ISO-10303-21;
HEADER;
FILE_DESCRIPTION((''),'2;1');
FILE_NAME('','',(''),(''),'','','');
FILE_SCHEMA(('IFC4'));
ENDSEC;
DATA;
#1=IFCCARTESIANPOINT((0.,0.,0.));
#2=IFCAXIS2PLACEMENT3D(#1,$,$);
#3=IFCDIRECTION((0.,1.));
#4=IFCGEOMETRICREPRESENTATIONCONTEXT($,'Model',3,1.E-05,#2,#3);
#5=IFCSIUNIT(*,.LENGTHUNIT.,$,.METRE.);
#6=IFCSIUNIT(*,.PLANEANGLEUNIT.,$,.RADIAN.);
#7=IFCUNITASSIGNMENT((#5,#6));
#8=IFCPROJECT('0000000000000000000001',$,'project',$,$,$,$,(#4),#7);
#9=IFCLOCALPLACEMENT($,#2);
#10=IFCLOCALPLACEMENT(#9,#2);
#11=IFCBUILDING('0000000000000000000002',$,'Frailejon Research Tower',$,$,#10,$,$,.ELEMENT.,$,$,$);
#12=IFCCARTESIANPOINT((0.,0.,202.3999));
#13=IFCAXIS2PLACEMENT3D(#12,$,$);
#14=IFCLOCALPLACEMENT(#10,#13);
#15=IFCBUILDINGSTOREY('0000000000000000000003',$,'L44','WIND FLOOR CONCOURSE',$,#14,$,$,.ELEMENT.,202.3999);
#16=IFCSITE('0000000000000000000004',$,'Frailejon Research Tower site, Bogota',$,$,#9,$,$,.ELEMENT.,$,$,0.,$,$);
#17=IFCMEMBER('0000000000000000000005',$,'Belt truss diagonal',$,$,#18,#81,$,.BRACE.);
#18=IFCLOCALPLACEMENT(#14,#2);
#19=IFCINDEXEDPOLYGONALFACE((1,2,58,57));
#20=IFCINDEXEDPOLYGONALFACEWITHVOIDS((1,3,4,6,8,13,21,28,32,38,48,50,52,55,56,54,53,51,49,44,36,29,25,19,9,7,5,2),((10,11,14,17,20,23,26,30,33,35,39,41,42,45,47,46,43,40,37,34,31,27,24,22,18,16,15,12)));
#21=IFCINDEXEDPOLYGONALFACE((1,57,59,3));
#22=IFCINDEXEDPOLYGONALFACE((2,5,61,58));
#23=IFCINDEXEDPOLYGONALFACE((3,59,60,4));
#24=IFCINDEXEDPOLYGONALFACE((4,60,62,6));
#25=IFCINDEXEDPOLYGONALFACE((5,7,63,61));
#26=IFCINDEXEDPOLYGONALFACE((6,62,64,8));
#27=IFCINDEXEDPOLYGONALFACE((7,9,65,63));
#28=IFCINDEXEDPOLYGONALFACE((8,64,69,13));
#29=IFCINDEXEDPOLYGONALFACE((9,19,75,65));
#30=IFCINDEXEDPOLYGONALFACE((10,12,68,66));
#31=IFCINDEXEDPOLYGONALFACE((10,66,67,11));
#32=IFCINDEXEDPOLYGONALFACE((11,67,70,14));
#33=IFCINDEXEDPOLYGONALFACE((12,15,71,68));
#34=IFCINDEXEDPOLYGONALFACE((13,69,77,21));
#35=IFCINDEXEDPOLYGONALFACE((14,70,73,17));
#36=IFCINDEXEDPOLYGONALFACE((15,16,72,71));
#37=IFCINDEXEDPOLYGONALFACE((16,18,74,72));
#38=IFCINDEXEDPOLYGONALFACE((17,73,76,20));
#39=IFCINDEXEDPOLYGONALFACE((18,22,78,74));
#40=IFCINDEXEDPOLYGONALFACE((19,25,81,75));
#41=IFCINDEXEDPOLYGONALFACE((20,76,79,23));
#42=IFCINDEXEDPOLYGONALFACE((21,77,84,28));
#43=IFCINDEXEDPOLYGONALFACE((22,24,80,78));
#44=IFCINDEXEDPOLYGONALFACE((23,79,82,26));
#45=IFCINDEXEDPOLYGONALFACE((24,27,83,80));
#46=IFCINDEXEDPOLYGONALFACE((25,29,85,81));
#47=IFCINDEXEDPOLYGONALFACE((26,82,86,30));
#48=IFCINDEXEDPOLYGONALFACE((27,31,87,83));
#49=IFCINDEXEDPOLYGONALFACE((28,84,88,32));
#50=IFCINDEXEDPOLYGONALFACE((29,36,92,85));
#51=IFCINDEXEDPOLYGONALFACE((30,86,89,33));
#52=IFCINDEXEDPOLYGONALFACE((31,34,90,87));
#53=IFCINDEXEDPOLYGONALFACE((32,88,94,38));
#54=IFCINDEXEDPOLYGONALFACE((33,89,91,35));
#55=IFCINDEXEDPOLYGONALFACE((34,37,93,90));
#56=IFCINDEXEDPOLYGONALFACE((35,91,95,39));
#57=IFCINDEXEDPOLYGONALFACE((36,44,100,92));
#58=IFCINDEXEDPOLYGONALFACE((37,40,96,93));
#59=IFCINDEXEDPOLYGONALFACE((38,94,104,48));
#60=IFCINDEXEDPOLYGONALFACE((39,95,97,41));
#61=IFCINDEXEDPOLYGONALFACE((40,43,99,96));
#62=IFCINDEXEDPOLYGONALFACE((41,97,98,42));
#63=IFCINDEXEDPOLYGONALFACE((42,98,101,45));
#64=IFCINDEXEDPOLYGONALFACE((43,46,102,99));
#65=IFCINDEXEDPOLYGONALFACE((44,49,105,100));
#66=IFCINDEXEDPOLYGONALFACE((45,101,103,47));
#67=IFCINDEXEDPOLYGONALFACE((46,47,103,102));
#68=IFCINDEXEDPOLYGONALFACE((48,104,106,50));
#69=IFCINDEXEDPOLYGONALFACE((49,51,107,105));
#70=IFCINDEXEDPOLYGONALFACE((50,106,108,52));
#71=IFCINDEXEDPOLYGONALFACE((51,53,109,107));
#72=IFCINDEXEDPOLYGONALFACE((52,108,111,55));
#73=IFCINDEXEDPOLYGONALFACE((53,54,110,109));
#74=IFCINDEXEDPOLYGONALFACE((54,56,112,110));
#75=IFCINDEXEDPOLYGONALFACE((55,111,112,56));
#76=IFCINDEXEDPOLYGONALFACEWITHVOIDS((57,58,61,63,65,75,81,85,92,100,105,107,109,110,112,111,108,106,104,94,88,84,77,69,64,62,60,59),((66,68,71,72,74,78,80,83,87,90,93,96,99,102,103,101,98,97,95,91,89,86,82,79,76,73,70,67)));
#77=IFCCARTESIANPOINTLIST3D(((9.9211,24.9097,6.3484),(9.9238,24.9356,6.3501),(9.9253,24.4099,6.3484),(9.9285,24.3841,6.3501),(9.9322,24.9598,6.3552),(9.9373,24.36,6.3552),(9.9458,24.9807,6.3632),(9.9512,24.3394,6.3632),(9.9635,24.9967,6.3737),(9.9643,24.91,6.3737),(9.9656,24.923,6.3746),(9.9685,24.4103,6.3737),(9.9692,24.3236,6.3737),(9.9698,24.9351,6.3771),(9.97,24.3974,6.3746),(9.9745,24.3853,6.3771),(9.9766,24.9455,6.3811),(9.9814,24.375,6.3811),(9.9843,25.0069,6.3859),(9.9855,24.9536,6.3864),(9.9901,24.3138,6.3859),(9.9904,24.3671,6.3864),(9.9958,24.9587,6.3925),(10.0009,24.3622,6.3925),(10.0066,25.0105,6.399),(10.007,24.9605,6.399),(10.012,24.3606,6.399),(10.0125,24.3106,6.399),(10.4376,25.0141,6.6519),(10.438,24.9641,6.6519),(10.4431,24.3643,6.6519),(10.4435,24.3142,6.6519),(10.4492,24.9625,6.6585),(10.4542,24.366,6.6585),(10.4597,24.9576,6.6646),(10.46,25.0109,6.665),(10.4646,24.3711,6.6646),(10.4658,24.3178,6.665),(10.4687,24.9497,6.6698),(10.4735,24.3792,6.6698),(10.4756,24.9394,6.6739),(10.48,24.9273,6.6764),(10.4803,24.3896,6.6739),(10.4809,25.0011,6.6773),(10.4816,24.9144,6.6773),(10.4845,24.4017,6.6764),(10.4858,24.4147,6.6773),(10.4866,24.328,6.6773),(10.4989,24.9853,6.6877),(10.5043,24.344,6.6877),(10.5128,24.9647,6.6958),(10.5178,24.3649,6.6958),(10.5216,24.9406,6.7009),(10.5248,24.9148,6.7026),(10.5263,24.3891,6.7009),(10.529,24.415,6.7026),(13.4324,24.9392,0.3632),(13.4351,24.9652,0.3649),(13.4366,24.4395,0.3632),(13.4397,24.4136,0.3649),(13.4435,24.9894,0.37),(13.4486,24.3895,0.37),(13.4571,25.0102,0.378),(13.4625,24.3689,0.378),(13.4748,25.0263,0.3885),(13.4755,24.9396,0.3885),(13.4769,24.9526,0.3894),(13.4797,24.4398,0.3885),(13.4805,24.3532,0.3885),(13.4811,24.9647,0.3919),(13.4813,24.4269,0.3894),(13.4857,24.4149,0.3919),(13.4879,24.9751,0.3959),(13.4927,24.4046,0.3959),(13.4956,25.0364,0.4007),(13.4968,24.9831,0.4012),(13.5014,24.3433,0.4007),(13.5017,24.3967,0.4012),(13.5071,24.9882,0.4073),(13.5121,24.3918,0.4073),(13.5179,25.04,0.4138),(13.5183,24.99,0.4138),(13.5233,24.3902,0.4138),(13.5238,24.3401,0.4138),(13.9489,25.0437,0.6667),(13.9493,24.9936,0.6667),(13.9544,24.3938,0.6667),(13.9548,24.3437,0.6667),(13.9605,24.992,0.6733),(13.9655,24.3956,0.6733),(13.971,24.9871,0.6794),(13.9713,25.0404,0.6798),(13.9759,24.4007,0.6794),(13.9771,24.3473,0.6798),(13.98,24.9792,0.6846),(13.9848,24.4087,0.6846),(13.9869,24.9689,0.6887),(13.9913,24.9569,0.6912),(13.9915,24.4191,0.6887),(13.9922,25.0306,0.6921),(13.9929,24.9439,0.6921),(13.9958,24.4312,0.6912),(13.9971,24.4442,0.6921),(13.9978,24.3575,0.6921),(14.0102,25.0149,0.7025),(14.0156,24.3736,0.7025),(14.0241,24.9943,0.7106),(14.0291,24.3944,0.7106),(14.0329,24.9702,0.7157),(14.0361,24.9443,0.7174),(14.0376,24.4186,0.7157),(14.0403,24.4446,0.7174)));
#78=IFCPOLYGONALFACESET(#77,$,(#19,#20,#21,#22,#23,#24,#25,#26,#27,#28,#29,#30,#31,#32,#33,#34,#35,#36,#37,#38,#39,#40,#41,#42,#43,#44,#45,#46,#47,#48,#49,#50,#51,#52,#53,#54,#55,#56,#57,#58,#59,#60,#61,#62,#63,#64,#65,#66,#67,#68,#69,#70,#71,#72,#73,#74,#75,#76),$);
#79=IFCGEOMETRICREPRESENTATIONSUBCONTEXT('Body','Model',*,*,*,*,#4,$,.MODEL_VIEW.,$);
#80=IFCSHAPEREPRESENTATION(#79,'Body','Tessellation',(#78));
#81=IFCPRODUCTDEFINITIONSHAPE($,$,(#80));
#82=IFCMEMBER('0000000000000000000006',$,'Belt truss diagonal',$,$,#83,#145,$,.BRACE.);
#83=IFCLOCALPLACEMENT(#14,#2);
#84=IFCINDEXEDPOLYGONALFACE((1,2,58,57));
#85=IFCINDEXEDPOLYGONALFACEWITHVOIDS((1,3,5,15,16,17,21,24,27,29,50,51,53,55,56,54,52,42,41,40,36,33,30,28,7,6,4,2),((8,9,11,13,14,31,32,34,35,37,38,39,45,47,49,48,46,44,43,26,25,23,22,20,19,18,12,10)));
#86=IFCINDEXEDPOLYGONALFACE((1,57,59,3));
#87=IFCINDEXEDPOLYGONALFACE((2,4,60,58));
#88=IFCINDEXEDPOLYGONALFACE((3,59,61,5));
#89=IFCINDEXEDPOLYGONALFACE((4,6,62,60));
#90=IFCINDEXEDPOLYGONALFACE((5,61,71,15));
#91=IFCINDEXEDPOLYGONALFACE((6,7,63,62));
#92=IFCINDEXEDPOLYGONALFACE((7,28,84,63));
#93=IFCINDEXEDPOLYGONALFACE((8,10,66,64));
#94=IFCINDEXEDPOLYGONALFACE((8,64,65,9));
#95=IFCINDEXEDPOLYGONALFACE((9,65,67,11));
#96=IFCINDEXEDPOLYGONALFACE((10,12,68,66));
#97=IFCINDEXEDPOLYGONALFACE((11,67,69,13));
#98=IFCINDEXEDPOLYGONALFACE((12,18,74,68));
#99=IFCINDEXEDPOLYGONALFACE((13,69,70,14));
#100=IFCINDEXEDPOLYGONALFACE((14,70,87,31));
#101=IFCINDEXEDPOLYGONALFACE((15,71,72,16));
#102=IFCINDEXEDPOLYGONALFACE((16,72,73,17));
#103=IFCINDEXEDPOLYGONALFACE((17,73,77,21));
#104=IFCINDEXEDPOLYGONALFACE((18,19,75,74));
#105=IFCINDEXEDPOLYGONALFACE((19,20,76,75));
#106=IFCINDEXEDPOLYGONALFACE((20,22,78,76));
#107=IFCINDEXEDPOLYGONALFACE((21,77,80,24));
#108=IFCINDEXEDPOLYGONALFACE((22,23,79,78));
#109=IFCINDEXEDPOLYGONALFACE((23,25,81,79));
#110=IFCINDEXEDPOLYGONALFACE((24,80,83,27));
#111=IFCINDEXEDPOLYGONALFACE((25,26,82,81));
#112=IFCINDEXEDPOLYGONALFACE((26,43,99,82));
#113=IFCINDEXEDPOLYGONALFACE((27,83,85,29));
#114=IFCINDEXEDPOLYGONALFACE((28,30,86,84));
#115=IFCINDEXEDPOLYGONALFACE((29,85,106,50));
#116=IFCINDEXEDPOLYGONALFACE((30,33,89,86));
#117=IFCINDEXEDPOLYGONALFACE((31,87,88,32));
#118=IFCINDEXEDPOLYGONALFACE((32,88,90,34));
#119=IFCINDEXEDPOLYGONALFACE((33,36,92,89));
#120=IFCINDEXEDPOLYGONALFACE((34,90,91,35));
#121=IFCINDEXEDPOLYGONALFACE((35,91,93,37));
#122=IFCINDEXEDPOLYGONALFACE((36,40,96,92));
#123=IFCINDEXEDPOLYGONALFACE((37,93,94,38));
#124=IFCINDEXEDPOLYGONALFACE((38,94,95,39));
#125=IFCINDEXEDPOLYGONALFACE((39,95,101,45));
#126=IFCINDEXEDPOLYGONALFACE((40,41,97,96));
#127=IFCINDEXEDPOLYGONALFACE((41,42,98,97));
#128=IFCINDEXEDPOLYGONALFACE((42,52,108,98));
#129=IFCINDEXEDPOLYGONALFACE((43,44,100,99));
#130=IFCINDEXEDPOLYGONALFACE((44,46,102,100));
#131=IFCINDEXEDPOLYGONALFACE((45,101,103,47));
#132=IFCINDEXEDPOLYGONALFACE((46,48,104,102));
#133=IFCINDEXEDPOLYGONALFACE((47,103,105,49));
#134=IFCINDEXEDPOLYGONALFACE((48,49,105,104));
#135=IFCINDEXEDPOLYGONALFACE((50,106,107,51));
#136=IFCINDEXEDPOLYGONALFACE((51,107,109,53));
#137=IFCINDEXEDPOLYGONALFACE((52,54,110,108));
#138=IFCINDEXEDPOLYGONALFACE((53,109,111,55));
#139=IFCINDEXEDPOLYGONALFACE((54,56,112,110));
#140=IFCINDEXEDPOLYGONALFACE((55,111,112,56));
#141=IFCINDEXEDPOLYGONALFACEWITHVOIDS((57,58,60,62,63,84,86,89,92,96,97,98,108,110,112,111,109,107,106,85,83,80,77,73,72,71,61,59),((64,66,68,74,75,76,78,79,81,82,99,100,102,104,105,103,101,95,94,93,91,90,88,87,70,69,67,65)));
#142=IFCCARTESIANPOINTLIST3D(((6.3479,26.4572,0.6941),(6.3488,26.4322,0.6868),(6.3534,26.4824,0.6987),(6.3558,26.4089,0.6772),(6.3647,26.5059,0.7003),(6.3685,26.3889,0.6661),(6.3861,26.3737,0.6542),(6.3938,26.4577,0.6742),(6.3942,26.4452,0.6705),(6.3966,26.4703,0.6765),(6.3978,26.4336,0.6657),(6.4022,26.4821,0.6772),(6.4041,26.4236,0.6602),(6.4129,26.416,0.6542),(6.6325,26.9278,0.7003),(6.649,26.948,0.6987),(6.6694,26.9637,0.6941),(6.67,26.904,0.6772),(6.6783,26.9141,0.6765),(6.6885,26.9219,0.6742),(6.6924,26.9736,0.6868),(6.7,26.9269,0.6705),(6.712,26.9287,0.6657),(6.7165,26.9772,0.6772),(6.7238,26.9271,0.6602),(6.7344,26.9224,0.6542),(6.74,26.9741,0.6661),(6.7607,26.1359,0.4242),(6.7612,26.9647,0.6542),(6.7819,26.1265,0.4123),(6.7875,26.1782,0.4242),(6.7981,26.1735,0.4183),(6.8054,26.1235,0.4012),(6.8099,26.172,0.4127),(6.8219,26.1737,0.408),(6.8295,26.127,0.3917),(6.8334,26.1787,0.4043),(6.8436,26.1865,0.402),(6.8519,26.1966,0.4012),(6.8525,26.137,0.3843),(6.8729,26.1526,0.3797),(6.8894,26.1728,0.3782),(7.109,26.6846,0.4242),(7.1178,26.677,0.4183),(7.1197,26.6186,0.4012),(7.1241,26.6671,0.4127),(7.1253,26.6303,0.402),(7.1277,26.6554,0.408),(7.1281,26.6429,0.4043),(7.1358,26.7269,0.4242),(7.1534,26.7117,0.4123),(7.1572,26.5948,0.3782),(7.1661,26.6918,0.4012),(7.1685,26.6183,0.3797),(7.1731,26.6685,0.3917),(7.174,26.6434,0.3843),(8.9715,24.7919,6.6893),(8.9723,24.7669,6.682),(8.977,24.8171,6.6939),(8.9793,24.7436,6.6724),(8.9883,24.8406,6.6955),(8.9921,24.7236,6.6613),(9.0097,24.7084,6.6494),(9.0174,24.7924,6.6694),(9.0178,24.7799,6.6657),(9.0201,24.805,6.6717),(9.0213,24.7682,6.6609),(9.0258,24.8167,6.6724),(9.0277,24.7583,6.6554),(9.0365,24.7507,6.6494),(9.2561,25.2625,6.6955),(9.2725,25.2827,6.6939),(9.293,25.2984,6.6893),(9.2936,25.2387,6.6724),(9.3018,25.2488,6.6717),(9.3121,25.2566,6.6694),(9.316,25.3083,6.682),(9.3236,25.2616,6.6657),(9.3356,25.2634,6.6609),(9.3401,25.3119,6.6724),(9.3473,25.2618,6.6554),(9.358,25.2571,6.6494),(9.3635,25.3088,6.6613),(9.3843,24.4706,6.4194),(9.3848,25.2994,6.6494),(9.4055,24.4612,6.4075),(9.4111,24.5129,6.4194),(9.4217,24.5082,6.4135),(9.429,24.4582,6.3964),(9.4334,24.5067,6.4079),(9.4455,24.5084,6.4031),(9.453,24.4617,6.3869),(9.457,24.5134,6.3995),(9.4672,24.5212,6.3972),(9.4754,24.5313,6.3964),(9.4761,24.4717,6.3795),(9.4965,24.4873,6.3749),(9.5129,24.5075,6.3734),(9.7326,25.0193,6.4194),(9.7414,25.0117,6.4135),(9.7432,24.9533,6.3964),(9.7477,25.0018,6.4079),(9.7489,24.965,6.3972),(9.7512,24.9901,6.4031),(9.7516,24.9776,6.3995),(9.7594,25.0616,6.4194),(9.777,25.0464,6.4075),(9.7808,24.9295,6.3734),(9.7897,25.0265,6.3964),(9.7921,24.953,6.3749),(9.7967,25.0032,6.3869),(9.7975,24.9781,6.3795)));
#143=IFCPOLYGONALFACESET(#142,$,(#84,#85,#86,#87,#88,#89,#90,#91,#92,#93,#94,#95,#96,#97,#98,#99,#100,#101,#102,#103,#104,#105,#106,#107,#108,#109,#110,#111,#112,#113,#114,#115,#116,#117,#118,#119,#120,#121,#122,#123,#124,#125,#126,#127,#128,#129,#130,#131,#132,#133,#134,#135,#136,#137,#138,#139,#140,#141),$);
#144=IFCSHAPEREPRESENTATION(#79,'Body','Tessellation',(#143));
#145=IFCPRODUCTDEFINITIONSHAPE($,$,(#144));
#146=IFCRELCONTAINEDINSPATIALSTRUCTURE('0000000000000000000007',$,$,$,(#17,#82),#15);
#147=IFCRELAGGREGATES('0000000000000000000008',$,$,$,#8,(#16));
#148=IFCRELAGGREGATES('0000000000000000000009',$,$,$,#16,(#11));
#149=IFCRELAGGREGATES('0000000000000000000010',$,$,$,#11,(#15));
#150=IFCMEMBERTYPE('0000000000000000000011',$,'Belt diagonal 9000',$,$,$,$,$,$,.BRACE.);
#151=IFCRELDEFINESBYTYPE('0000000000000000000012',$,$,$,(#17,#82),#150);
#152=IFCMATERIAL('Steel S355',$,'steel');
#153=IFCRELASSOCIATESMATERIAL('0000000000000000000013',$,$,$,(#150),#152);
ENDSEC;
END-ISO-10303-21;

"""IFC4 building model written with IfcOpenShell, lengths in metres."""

from ifc_helpers import new_model, si_unit, direction, frame, origin, origin_2d, place, context, subcontext, project, spatial, hollow_rectangle, extrude, material, material_profile, profile_set, type_object, element, save


model = new_model("IFC4")

# Units and contexts
model_context = context("Model", 3, precision=1e-05, world=origin(), true_north=direction((0.0, 1.0)))
body_context = subcontext(model_context, "Body", "Model", "MODEL_VIEW")
ifc_project = project(units=[si_unit("LENGTHUNIT", "METRE"), si_unit("PLANEANGLEUNIT", "RADIAN")], contexts=[model_context])

# Site, building, storey
site_placement = place(None, origin())
site = spatial("IfcSite", under=ifc_project, at=site_placement, Name="Frailejon Research Tower site, Bogota", CompositionType="ELEMENT", RefElevation=0.0)
building_placement = place(site_placement, origin())
building = spatial("IfcBuilding", under=site, at=building_placement, Name="Frailejon Research Tower", CompositionType="ELEMENT")
storey_placement = place(building_placement, frame((0.0, 0.0, 202.3999)))
storey = spatial("IfcBuildingStorey", under=building, at=storey_placement, Name="L44", Description="WIND FLOOR CONCOURSE", CompositionType="ELEMENT", Elevation=202.3999)

# Members
ifc_material_1 = material(Name="Steel S355", Category="steel")
ifc_material_profile_1 = material_profile(ifc_material_1, hollow_rectangle(XDim=0.7, YDim=0.7, WallThickness=0.05, InnerFilletRadius=0.05, OuterFilletRadius=0.1001, at=origin_2d()), Name="Belt diagonal 9000")
ifc_profile_set_1 = profile_set([ifc_material_profile_1], Name="Steel S355")
member_type = type_object("IfcMemberType", Name="Belt diagonal 9000", PredefinedType="BRACE", material=ifc_profile_set_1)
member_1_placement = place(storey_placement, frame((13.7363, 24.6919, 0.5403), z_axis=(-0.506007, -0.004257, 0.862519), x_axis=(0.008413, -0.999965, 0.0)))
element("IfcMember", 1, at=member_1_placement, inside=storey, type_object=member_type, Name="Belt truss diagonal", PredefinedType="BRACE", context=body_context, shape_type="SweptSolid", body=[
    extrude(hollow_rectangle(XDim=0.7, YDim=0.7, WallThickness=0.05, InnerFilletRadius=0.05, OuterFilletRadius=0.1001, at=origin_2d()), origin(), (0.0, 0.0, 1.0), 6.9392),
])
member_2_placement = place(storey_placement, frame((9.3845, 24.885, 6.5344), z_axis=(-0.388523, 0.246614, -0.887824), x_axis=(-0.535904, -0.844279, 0.0)))
element("IfcMember", 2, at=member_2_placement, inside=storey, type_object=member_type, Name="Belt truss diagonal", PredefinedType="BRACE", context=body_context, shape_type="SweptSolid", body=[
    extrude(hollow_rectangle(XDim=0.7, YDim=0.7, WallThickness=0.05, InnerFilletRadius=0.05, OuterFilletRadius=0.1001, at=origin_2d()), origin(), (0.0, 0.0, 1.0), 6.7527),
])

save(model, "model.ifc")
